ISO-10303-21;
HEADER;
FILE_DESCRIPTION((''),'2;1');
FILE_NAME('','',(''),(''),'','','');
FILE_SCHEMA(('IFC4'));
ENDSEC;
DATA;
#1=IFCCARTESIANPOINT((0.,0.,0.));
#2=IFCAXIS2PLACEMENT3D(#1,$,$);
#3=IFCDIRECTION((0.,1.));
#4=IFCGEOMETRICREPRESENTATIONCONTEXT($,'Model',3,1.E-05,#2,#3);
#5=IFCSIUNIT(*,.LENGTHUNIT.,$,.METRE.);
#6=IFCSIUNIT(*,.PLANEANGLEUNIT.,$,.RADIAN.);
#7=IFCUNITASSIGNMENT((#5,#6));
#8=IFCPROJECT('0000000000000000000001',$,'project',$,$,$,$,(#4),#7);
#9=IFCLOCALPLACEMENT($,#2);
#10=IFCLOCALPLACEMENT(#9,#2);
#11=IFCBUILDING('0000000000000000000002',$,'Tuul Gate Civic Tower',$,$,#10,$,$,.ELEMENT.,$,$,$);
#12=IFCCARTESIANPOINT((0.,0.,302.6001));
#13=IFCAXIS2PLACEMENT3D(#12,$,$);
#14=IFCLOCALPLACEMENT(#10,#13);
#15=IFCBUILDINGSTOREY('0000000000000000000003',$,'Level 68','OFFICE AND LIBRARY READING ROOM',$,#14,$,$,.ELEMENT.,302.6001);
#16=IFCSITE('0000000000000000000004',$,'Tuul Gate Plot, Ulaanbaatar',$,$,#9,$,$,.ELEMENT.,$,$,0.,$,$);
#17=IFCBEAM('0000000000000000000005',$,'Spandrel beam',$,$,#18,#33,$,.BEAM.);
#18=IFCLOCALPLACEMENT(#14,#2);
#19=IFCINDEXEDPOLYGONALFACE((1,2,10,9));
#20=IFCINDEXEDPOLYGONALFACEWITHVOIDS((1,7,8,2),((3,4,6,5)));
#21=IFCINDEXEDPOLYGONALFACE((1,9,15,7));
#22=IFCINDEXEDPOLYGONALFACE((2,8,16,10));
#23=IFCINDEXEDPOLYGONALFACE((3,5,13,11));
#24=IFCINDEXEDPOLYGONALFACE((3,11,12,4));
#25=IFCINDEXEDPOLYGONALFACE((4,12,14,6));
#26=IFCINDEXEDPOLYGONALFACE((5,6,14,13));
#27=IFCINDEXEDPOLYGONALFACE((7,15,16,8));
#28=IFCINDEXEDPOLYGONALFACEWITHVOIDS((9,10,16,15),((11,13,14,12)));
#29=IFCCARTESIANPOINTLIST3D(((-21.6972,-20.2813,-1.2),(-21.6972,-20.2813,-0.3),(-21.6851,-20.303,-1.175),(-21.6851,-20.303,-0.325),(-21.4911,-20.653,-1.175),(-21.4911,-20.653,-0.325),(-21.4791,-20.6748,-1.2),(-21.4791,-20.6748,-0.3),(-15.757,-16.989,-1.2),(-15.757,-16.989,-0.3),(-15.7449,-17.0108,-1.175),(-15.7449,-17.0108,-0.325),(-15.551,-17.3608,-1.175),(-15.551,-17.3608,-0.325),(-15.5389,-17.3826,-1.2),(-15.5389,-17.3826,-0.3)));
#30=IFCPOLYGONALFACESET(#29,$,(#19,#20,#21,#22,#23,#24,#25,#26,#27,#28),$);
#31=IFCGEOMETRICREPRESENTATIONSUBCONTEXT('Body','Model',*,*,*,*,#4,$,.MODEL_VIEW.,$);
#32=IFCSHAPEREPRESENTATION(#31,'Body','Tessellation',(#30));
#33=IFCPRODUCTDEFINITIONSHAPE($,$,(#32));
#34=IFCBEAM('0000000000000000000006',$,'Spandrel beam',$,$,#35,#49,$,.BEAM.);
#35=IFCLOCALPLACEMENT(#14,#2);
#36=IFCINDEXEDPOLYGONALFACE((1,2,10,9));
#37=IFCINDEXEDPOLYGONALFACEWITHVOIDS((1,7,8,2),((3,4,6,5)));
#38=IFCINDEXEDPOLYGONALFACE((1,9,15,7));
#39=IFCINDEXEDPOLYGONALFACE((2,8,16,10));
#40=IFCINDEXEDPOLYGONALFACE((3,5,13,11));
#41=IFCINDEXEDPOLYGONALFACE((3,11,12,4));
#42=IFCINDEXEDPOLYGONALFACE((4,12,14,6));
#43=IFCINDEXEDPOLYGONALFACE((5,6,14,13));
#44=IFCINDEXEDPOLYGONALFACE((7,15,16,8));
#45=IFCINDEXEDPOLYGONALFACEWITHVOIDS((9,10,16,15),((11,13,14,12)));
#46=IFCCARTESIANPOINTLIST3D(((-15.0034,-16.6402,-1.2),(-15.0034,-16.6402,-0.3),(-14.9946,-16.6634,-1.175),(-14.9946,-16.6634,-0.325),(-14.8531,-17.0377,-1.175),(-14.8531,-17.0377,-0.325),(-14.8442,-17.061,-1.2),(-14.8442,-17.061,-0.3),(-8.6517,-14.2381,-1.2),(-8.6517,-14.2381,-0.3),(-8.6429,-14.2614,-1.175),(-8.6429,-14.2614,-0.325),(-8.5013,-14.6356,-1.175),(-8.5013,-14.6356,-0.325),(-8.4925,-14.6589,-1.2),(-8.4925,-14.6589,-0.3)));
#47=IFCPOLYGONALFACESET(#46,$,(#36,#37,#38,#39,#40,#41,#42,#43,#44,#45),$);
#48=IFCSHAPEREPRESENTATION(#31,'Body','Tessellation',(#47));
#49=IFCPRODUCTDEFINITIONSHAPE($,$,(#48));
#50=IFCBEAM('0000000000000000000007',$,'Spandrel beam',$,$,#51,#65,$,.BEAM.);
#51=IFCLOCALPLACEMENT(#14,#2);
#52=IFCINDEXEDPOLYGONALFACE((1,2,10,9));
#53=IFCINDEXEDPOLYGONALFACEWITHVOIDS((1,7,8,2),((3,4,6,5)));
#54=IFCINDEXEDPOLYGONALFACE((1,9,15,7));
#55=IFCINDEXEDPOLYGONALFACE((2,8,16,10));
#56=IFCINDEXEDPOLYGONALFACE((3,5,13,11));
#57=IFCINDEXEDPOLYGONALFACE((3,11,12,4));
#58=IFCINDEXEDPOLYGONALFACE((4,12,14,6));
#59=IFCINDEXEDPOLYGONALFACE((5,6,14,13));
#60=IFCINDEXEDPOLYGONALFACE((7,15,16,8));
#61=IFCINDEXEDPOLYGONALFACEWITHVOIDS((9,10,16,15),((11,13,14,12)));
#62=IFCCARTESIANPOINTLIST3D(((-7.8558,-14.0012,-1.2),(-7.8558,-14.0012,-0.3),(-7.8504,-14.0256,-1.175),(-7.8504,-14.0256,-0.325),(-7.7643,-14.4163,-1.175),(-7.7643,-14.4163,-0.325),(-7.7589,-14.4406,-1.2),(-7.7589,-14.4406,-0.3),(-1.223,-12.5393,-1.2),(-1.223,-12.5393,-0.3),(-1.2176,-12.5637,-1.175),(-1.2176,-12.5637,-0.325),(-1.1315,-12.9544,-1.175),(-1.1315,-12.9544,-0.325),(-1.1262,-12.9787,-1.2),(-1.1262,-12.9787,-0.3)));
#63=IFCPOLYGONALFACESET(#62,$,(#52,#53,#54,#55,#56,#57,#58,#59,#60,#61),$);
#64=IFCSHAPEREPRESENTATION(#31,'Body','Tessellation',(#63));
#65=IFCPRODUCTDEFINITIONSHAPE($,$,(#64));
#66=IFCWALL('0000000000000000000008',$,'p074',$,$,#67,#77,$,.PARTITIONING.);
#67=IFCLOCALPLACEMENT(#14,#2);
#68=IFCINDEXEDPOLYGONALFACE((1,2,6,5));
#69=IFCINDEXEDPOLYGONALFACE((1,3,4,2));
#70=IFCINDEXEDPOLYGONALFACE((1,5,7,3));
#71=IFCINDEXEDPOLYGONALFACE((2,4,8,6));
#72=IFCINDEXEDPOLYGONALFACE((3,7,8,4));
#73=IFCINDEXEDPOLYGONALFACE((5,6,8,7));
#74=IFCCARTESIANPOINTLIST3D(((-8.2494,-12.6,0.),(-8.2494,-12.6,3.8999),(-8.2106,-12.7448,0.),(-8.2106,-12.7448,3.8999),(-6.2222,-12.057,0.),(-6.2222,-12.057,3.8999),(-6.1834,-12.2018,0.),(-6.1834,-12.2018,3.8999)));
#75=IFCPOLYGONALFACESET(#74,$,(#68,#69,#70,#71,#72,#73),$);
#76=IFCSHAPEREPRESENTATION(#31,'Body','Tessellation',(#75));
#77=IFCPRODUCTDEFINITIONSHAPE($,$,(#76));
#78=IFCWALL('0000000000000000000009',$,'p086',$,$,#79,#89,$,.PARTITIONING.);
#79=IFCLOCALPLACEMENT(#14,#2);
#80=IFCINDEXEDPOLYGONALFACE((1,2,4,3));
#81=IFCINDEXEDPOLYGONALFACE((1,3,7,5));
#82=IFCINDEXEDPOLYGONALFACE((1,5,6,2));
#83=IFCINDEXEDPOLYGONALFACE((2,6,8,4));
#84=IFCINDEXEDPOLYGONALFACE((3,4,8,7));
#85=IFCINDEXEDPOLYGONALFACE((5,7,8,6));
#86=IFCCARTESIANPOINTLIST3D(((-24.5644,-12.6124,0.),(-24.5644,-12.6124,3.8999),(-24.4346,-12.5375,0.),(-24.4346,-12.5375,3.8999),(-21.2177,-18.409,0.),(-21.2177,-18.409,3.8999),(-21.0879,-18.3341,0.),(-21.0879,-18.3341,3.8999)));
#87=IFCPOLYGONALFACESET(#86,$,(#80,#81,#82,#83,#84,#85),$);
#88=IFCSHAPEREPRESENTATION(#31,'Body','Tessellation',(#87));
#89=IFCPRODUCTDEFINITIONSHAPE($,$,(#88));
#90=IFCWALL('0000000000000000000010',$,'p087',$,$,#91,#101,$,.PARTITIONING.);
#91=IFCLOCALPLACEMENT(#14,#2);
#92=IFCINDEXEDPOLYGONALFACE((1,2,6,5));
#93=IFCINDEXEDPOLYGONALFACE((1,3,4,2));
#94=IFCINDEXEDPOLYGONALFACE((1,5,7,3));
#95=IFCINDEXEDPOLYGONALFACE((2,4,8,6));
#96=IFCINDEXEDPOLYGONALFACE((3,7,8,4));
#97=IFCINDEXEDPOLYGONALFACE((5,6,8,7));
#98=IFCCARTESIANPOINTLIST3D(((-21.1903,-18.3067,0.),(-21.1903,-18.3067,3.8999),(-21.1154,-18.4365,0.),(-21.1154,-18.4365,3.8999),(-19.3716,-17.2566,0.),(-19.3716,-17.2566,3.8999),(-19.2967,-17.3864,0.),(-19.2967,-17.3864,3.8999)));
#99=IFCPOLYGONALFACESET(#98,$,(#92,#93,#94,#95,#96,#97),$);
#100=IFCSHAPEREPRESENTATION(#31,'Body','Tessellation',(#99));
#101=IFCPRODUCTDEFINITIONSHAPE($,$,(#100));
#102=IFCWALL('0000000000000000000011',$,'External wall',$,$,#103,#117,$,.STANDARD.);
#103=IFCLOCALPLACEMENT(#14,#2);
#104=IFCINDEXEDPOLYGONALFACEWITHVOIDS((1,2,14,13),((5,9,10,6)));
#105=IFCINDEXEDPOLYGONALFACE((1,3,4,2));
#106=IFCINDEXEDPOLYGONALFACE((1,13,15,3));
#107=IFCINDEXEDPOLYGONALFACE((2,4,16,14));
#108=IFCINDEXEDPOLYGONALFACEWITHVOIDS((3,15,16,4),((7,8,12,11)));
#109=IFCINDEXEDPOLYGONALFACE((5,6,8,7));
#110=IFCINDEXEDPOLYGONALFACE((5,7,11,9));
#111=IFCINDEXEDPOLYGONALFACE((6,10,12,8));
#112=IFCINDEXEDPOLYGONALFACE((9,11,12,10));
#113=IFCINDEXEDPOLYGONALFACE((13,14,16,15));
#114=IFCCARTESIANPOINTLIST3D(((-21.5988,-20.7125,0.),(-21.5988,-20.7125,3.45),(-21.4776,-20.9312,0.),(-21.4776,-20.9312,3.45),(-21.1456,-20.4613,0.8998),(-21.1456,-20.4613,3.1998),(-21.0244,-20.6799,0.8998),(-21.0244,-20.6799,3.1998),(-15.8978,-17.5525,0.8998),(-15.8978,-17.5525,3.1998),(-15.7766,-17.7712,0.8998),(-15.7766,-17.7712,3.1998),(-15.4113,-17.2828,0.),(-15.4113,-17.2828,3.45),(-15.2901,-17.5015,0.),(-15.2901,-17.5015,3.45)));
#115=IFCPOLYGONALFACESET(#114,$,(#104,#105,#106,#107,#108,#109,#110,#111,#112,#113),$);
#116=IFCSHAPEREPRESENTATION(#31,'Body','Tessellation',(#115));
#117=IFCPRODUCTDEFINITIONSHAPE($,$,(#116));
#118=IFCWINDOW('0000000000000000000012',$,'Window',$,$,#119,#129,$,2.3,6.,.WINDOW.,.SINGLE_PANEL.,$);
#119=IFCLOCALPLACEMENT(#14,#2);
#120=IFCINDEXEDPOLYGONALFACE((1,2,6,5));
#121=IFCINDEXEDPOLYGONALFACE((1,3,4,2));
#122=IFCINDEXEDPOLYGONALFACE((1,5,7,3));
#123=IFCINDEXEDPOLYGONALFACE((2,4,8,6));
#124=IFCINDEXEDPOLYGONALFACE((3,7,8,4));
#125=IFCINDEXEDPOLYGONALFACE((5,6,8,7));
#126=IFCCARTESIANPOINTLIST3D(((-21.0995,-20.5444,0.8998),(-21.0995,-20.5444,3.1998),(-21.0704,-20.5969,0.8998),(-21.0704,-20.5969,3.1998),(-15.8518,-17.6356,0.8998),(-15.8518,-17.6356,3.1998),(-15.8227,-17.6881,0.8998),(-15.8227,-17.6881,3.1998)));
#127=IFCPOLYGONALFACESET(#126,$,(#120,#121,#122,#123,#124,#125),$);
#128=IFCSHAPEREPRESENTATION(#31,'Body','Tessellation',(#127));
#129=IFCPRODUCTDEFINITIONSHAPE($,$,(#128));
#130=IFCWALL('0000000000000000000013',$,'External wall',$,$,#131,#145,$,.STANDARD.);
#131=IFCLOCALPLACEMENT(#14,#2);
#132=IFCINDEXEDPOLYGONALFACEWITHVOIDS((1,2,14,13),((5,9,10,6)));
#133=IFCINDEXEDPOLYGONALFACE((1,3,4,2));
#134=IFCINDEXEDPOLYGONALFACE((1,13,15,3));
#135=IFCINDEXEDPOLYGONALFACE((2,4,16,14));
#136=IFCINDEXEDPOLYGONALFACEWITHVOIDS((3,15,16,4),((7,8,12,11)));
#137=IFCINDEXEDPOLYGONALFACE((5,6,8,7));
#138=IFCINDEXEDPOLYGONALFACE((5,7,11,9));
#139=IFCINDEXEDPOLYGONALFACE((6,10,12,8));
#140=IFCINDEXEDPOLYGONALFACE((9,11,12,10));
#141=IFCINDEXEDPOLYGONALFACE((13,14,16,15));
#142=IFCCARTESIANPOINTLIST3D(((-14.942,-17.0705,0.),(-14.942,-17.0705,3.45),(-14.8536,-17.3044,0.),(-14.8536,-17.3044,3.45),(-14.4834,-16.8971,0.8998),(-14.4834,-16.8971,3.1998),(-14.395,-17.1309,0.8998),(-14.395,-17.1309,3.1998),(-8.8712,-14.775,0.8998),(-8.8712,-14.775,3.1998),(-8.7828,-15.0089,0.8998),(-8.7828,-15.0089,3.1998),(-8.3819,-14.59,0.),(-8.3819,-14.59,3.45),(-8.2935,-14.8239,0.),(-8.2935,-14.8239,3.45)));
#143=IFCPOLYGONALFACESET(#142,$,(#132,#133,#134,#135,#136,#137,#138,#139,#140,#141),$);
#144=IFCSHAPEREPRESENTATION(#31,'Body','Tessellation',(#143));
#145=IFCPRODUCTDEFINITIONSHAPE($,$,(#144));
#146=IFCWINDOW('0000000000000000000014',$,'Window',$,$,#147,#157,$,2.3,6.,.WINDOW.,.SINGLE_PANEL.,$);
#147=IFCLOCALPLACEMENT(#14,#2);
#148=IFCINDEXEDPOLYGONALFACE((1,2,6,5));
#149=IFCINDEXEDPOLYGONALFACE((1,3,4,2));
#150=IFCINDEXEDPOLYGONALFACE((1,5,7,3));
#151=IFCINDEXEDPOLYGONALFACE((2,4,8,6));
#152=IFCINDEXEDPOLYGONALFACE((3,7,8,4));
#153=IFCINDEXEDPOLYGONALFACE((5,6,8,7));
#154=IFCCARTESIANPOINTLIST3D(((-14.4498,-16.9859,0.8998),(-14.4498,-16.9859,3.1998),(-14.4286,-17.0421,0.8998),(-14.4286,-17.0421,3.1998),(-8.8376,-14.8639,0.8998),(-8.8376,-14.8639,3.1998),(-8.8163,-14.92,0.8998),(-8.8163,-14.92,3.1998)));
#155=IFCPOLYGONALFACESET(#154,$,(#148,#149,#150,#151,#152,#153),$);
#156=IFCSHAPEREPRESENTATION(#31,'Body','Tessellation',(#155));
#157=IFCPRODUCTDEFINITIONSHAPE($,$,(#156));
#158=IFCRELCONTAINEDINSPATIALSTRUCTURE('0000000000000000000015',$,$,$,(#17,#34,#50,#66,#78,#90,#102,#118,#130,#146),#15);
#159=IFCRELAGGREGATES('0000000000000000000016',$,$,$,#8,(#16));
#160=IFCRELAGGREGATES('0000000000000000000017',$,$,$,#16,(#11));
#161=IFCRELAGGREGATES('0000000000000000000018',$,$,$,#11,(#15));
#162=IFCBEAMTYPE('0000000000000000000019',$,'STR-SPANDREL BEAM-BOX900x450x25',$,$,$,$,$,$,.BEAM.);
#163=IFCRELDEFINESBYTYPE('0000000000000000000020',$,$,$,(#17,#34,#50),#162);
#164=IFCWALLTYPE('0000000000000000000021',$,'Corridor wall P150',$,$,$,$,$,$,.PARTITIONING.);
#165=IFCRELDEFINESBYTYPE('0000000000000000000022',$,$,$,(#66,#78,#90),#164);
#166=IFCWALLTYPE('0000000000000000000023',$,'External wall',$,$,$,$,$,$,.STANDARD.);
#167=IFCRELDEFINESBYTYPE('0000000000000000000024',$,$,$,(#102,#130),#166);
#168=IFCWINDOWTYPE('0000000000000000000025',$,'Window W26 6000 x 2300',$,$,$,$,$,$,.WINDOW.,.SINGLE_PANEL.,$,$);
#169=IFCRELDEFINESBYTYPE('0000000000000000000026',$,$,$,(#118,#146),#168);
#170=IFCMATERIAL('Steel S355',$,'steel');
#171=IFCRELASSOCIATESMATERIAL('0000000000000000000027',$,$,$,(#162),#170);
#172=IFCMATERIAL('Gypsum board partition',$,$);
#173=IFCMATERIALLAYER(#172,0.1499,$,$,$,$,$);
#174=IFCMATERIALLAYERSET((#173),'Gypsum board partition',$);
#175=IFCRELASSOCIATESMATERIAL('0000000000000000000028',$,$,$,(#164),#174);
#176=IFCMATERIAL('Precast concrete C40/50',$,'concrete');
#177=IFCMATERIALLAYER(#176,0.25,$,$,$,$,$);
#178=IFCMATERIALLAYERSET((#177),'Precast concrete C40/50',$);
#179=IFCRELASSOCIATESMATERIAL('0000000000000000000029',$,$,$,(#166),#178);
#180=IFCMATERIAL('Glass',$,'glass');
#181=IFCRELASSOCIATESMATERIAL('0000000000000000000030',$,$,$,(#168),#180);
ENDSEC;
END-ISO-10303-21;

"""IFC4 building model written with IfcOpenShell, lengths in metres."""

from ifc_helpers import new_model, si_unit, direction, frame, frame_2d, origin, origin_2d, place, context, subcontext, project, spatial, rectangle, hollow_rectangle, extrude, material, layer, layer_set, material_profile, profile_set, type_object, element, fill, save


model = new_model("IFC4")

# Units and contexts
model_context = context("Model", 3, precision=1e-05, world=origin(), true_north=direction((0.0, 1.0)))
body_context = subcontext(model_context, "Body", "Model", "MODEL_VIEW")
ifc_project = project(units=[si_unit("LENGTHUNIT", "METRE"), si_unit("PLANEANGLEUNIT", "RADIAN")], contexts=[model_context])

# Site, building, storey
site_placement = place(None, origin())
site = spatial("IfcSite", under=ifc_project, at=site_placement, Name="Tuul Gate Plot, Ulaanbaatar", CompositionType="ELEMENT", RefElevation=0.0)
building_placement = place(site_placement, origin())
building = spatial("IfcBuilding", under=site, at=building_placement, Name="Tuul Gate Civic Tower", CompositionType="ELEMENT")
storey_placement = place(building_placement, frame((0.0, 0.0, 302.6001)))
storey = spatial("IfcBuildingStorey", under=building, at=storey_placement, Name="Level 68", Description="OFFICE AND LIBRARY READING ROOM", CompositionType="ELEMENT", Elevation=302.6001)

# Beams
ifc_material_1 = material(Name="Steel S355", Category="steel")
ifc_material_profile_1 = material_profile(ifc_material_1, hollow_rectangle(XDim=0.45, YDim=0.8999, WallThickness=0.0249, at=origin_2d()), Name="BOX900x450x25")
ifc_profile_set_1 = profile_set([ifc_material_profile_1], Name="Steel S355")
beam_type_1 = type_object("IfcBeamType", Name="STR-SPANDREL BEAM-BOX900x450x25", PredefinedType="BEAM", material=ifc_profile_set_1)
beam_1_placement = place(storey_placement, frame((-21.5881, -20.478, -0.75), z_axis=(0.874649, 0.484758, 0.0), x_axis=(-0.484758, 0.874649, 0.0)))
element("IfcBeam", 1, at=beam_1_placement, inside=storey, type_object=beam_type_1, Name="Spandrel beam", PredefinedType="BEAM", context=body_context, shape_type="SweptSolid", body=[
    extrude(hollow_rectangle(XDim=0.45, YDim=0.8999, WallThickness=0.0249, at=origin_2d()), origin(), (0.0, 0.0, 1.0), 6.7915),
])
beam_2_placement = place(storey_placement, frame((-14.9238, -16.8506, -0.75), z_axis=(0.935349, 0.353726, 0.0), x_axis=(-0.353726, 0.935349, 0.0)))
element("IfcBeam", 2, at=beam_2_placement, inside=storey, type_object=beam_type_1, Name="Spandrel beam", PredefinedType="BEAM", context=body_context, shape_type="SweptSolid", body=[
    extrude(hollow_rectangle(XDim=0.45, YDim=0.8999, WallThickness=0.0249, at=origin_2d()), origin(), (0.0, 0.0, 1.0), 6.7908),
])
beam_3_placement = place(storey_placement, frame((-7.8074, -14.2209, -0.75), z_axis=(0.976561, 0.21524, 0.0), x_axis=(-0.21524, 0.976561, 0.0)))
element("IfcBeam", 3, at=beam_3_placement, inside=storey, type_object=beam_type_1, Name="Spandrel beam", PredefinedType="BEAM", context=body_context, shape_type="SweptSolid", body=[
    extrude(hollow_rectangle(XDim=0.45, YDim=0.8999, WallThickness=0.0249, at=origin_2d()), origin(), (0.0, 0.0, 1.0), 6.792),
])

# Walls
ifc_material_2 = material(Name="Gypsum board partition")
ifc_layer_1 = layer(ifc_material_2, 0.1499)
ifc_layer_set_1 = layer_set([ifc_layer_1], Name="Gypsum board partition")
wall_type_1 = type_object("IfcWallType", Name="Corridor wall P150", PredefinedType="PARTITIONING", material=ifc_layer_set_1)
wall_1_placement = place(storey_placement, frame((-8.23, -12.6724, 0.0), z_axis=(0.0, 0.0, 1.0), x_axis=(0.965949, 0.258734, 0.0)))
element("IfcWall", 4, at=wall_1_placement, inside=storey, type_object=wall_type_1, Name="p074", PredefinedType="PARTITIONING", context=body_context, shape_type="SweptSolid", body=[
    extrude(rectangle(XDim=2.0986, YDim=0.1499, at=frame_2d((1.0493, 0.0))), origin(), (0.0, 0.0, 1.0), 3.8999),
])
wall_2_placement = place(storey_placement, frame((-24.4995, -12.575, 0.0), z_axis=(0.0, 0.0, 1.0), x_axis=(0.499999, -0.866026, 0.0)))
element("IfcWall", 5, at=wall_2_placement, inside=storey, type_object=wall_type_1, Name="p086", PredefinedType="PARTITIONING", context=body_context, shape_type="SweptSolid", body=[
    extrude(rectangle(XDim=6.6934, YDim=0.1499, at=frame_2d((3.3467, 0.0))), origin(), (0.0, 0.0, 1.0), 3.8999),
])
wall_3_placement = place(storey_placement, frame((-21.1528, -18.3716, 0.0), z_axis=(0.0, 0.0, 1.0), x_axis=(0.866009, 0.500028, 0.0)))
element("IfcWall", 6, at=wall_3_placement, inside=storey, type_object=wall_type_1, Name="p087", PredefinedType="PARTITIONING", context=body_context, shape_type="SweptSolid", body=[
    extrude(rectangle(XDim=2.1001, YDim=0.1499, at=frame_2d((1.05, 0.0))), origin(), (0.0, 0.0, 1.0), 3.8999),
])

# Walls, openings, windows
ifc_material_3 = material(Name="Precast concrete C40/50", Category="concrete")
ifc_layer_2 = layer(ifc_material_3, 0.25)
ifc_layer_set_2 = layer_set([ifc_layer_2], Name="Precast concrete C40/50")
wall_type_2 = type_object("IfcWallType", Name="External wall", PredefinedType="STANDARD", material=ifc_layer_set_2)
wall_4_placement = place(storey_placement, frame((-21.5381, -20.8218, 0.0), z_axis=(0.0, 0.0, 1.0), x_axis=(0.874626, 0.484799, 0.0)))
wall_4 = element("IfcWall", 7, at=wall_4_placement, inside=storey, type_object=wall_type_2, Name="External wall", PredefinedType="STANDARD", context=body_context, shape_type="SweptSolid", body=[
    extrude(rectangle(XDim=7.0745, YDim=0.25, at=frame_2d((3.5371, 0.0))), origin(), (0.0, 0.0, 1.0), 3.45),
])
opening_1_placement = place(wall_4_placement, frame((0.5181, 0.0, 0.8999)))
opening_1 = element("IfcOpeningElement", 8, at=opening_1_placement, cuts=wall_4, PredefinedType="OPENING", context=body_context, shape_type="SweptSolid", body=[
    extrude(rectangle(XDim=6.0, YDim=2.3, at=frame_2d((3.0, 1.1499))), frame((0.0, 0.135, 0.0), z_axis=(0.0, -1.0, 0.0), x_axis=(1.0, 0.0, 0.0)), (0.0, 0.0, 1.0), 0.27),
])
ifc_material_4 = material(Name="Glass", Category="glass")
window_type = type_object("IfcWindowType", Name="Window W26 6000 x 2300", PartitioningType="SINGLE_PANEL", PredefinedType="WINDOW", material=ifc_material_4)
window_1_placement = place(opening_1_placement, origin())
window_1 = element("IfcWindow", 9, at=window_1_placement, inside=storey, type_object=window_type, Name="Window", OverallHeight=2.3, OverallWidth=6.0, PartitioningType="SINGLE_PANEL", PredefinedType="WINDOW", context=body_context, shape_type="SweptSolid", body=[
    extrude(rectangle(XDim=6.0, YDim=2.3, at=frame_2d((3.0, 1.1499))), frame((0.0, 0.03, 0.0), z_axis=(0.0, -1.0, 0.0), x_axis=(1.0, 0.0, 0.0)), (0.0, 0.0, 1.0), 0.0601),
])
fill(opening_1, window_1)
wall_5_placement = place(storey_placement, frame((-14.8979, -17.1875, 0.0), z_axis=(0.0, 0.0, 1.0), x_axis=(0.935367, 0.353678, 0.0)))
wall_5 = element("IfcWall", 10, at=wall_5_placement, inside=storey, type_object=wall_type_2, Name="External wall", PredefinedType="STANDARD", context=body_context, shape_type="SweptSolid", body=[
    extrude(rectangle(XDim=7.0134, YDim=0.25, at=frame_2d((3.5068, 0.0))), origin(), (0.0, 0.0, 1.0), 3.45),
])
opening_2_placement = place(wall_5_placement, frame((0.4905, 0.0, 0.8999)))
opening_2 = element("IfcOpeningElement", 11, at=opening_2_placement, cuts=wall_5, PredefinedType="OPENING", context=body_context, shape_type="SweptSolid", body=[
    extrude(rectangle(XDim=6.0, YDim=2.3, at=frame_2d((3.0, 1.1499))), frame((0.0, 0.135, 0.0), z_axis=(0.0, -1.0, 0.0), x_axis=(1.0, 0.0, 0.0)), (0.0, 0.0, 1.0), 0.27),
])
window_2_placement = place(opening_2_placement, origin())
window_2 = element("IfcWindow", 12, at=window_2_placement, inside=storey, type_object=window_type, Name="Window", OverallHeight=2.3, OverallWidth=6.0, PartitioningType="SINGLE_PANEL", PredefinedType="WINDOW", context=body_context, shape_type="SweptSolid", body=[
    extrude(rectangle(XDim=6.0, YDim=2.3, at=frame_2d((3.0, 1.1499))), frame((0.0, 0.03, 0.0), z_axis=(0.0, -1.0, 0.0), x_axis=(1.0, 0.0, 0.0)), (0.0, 0.0, 1.0), 0.0601),
])
fill(opening_2, window_2)

save(model, "model.ifc")
